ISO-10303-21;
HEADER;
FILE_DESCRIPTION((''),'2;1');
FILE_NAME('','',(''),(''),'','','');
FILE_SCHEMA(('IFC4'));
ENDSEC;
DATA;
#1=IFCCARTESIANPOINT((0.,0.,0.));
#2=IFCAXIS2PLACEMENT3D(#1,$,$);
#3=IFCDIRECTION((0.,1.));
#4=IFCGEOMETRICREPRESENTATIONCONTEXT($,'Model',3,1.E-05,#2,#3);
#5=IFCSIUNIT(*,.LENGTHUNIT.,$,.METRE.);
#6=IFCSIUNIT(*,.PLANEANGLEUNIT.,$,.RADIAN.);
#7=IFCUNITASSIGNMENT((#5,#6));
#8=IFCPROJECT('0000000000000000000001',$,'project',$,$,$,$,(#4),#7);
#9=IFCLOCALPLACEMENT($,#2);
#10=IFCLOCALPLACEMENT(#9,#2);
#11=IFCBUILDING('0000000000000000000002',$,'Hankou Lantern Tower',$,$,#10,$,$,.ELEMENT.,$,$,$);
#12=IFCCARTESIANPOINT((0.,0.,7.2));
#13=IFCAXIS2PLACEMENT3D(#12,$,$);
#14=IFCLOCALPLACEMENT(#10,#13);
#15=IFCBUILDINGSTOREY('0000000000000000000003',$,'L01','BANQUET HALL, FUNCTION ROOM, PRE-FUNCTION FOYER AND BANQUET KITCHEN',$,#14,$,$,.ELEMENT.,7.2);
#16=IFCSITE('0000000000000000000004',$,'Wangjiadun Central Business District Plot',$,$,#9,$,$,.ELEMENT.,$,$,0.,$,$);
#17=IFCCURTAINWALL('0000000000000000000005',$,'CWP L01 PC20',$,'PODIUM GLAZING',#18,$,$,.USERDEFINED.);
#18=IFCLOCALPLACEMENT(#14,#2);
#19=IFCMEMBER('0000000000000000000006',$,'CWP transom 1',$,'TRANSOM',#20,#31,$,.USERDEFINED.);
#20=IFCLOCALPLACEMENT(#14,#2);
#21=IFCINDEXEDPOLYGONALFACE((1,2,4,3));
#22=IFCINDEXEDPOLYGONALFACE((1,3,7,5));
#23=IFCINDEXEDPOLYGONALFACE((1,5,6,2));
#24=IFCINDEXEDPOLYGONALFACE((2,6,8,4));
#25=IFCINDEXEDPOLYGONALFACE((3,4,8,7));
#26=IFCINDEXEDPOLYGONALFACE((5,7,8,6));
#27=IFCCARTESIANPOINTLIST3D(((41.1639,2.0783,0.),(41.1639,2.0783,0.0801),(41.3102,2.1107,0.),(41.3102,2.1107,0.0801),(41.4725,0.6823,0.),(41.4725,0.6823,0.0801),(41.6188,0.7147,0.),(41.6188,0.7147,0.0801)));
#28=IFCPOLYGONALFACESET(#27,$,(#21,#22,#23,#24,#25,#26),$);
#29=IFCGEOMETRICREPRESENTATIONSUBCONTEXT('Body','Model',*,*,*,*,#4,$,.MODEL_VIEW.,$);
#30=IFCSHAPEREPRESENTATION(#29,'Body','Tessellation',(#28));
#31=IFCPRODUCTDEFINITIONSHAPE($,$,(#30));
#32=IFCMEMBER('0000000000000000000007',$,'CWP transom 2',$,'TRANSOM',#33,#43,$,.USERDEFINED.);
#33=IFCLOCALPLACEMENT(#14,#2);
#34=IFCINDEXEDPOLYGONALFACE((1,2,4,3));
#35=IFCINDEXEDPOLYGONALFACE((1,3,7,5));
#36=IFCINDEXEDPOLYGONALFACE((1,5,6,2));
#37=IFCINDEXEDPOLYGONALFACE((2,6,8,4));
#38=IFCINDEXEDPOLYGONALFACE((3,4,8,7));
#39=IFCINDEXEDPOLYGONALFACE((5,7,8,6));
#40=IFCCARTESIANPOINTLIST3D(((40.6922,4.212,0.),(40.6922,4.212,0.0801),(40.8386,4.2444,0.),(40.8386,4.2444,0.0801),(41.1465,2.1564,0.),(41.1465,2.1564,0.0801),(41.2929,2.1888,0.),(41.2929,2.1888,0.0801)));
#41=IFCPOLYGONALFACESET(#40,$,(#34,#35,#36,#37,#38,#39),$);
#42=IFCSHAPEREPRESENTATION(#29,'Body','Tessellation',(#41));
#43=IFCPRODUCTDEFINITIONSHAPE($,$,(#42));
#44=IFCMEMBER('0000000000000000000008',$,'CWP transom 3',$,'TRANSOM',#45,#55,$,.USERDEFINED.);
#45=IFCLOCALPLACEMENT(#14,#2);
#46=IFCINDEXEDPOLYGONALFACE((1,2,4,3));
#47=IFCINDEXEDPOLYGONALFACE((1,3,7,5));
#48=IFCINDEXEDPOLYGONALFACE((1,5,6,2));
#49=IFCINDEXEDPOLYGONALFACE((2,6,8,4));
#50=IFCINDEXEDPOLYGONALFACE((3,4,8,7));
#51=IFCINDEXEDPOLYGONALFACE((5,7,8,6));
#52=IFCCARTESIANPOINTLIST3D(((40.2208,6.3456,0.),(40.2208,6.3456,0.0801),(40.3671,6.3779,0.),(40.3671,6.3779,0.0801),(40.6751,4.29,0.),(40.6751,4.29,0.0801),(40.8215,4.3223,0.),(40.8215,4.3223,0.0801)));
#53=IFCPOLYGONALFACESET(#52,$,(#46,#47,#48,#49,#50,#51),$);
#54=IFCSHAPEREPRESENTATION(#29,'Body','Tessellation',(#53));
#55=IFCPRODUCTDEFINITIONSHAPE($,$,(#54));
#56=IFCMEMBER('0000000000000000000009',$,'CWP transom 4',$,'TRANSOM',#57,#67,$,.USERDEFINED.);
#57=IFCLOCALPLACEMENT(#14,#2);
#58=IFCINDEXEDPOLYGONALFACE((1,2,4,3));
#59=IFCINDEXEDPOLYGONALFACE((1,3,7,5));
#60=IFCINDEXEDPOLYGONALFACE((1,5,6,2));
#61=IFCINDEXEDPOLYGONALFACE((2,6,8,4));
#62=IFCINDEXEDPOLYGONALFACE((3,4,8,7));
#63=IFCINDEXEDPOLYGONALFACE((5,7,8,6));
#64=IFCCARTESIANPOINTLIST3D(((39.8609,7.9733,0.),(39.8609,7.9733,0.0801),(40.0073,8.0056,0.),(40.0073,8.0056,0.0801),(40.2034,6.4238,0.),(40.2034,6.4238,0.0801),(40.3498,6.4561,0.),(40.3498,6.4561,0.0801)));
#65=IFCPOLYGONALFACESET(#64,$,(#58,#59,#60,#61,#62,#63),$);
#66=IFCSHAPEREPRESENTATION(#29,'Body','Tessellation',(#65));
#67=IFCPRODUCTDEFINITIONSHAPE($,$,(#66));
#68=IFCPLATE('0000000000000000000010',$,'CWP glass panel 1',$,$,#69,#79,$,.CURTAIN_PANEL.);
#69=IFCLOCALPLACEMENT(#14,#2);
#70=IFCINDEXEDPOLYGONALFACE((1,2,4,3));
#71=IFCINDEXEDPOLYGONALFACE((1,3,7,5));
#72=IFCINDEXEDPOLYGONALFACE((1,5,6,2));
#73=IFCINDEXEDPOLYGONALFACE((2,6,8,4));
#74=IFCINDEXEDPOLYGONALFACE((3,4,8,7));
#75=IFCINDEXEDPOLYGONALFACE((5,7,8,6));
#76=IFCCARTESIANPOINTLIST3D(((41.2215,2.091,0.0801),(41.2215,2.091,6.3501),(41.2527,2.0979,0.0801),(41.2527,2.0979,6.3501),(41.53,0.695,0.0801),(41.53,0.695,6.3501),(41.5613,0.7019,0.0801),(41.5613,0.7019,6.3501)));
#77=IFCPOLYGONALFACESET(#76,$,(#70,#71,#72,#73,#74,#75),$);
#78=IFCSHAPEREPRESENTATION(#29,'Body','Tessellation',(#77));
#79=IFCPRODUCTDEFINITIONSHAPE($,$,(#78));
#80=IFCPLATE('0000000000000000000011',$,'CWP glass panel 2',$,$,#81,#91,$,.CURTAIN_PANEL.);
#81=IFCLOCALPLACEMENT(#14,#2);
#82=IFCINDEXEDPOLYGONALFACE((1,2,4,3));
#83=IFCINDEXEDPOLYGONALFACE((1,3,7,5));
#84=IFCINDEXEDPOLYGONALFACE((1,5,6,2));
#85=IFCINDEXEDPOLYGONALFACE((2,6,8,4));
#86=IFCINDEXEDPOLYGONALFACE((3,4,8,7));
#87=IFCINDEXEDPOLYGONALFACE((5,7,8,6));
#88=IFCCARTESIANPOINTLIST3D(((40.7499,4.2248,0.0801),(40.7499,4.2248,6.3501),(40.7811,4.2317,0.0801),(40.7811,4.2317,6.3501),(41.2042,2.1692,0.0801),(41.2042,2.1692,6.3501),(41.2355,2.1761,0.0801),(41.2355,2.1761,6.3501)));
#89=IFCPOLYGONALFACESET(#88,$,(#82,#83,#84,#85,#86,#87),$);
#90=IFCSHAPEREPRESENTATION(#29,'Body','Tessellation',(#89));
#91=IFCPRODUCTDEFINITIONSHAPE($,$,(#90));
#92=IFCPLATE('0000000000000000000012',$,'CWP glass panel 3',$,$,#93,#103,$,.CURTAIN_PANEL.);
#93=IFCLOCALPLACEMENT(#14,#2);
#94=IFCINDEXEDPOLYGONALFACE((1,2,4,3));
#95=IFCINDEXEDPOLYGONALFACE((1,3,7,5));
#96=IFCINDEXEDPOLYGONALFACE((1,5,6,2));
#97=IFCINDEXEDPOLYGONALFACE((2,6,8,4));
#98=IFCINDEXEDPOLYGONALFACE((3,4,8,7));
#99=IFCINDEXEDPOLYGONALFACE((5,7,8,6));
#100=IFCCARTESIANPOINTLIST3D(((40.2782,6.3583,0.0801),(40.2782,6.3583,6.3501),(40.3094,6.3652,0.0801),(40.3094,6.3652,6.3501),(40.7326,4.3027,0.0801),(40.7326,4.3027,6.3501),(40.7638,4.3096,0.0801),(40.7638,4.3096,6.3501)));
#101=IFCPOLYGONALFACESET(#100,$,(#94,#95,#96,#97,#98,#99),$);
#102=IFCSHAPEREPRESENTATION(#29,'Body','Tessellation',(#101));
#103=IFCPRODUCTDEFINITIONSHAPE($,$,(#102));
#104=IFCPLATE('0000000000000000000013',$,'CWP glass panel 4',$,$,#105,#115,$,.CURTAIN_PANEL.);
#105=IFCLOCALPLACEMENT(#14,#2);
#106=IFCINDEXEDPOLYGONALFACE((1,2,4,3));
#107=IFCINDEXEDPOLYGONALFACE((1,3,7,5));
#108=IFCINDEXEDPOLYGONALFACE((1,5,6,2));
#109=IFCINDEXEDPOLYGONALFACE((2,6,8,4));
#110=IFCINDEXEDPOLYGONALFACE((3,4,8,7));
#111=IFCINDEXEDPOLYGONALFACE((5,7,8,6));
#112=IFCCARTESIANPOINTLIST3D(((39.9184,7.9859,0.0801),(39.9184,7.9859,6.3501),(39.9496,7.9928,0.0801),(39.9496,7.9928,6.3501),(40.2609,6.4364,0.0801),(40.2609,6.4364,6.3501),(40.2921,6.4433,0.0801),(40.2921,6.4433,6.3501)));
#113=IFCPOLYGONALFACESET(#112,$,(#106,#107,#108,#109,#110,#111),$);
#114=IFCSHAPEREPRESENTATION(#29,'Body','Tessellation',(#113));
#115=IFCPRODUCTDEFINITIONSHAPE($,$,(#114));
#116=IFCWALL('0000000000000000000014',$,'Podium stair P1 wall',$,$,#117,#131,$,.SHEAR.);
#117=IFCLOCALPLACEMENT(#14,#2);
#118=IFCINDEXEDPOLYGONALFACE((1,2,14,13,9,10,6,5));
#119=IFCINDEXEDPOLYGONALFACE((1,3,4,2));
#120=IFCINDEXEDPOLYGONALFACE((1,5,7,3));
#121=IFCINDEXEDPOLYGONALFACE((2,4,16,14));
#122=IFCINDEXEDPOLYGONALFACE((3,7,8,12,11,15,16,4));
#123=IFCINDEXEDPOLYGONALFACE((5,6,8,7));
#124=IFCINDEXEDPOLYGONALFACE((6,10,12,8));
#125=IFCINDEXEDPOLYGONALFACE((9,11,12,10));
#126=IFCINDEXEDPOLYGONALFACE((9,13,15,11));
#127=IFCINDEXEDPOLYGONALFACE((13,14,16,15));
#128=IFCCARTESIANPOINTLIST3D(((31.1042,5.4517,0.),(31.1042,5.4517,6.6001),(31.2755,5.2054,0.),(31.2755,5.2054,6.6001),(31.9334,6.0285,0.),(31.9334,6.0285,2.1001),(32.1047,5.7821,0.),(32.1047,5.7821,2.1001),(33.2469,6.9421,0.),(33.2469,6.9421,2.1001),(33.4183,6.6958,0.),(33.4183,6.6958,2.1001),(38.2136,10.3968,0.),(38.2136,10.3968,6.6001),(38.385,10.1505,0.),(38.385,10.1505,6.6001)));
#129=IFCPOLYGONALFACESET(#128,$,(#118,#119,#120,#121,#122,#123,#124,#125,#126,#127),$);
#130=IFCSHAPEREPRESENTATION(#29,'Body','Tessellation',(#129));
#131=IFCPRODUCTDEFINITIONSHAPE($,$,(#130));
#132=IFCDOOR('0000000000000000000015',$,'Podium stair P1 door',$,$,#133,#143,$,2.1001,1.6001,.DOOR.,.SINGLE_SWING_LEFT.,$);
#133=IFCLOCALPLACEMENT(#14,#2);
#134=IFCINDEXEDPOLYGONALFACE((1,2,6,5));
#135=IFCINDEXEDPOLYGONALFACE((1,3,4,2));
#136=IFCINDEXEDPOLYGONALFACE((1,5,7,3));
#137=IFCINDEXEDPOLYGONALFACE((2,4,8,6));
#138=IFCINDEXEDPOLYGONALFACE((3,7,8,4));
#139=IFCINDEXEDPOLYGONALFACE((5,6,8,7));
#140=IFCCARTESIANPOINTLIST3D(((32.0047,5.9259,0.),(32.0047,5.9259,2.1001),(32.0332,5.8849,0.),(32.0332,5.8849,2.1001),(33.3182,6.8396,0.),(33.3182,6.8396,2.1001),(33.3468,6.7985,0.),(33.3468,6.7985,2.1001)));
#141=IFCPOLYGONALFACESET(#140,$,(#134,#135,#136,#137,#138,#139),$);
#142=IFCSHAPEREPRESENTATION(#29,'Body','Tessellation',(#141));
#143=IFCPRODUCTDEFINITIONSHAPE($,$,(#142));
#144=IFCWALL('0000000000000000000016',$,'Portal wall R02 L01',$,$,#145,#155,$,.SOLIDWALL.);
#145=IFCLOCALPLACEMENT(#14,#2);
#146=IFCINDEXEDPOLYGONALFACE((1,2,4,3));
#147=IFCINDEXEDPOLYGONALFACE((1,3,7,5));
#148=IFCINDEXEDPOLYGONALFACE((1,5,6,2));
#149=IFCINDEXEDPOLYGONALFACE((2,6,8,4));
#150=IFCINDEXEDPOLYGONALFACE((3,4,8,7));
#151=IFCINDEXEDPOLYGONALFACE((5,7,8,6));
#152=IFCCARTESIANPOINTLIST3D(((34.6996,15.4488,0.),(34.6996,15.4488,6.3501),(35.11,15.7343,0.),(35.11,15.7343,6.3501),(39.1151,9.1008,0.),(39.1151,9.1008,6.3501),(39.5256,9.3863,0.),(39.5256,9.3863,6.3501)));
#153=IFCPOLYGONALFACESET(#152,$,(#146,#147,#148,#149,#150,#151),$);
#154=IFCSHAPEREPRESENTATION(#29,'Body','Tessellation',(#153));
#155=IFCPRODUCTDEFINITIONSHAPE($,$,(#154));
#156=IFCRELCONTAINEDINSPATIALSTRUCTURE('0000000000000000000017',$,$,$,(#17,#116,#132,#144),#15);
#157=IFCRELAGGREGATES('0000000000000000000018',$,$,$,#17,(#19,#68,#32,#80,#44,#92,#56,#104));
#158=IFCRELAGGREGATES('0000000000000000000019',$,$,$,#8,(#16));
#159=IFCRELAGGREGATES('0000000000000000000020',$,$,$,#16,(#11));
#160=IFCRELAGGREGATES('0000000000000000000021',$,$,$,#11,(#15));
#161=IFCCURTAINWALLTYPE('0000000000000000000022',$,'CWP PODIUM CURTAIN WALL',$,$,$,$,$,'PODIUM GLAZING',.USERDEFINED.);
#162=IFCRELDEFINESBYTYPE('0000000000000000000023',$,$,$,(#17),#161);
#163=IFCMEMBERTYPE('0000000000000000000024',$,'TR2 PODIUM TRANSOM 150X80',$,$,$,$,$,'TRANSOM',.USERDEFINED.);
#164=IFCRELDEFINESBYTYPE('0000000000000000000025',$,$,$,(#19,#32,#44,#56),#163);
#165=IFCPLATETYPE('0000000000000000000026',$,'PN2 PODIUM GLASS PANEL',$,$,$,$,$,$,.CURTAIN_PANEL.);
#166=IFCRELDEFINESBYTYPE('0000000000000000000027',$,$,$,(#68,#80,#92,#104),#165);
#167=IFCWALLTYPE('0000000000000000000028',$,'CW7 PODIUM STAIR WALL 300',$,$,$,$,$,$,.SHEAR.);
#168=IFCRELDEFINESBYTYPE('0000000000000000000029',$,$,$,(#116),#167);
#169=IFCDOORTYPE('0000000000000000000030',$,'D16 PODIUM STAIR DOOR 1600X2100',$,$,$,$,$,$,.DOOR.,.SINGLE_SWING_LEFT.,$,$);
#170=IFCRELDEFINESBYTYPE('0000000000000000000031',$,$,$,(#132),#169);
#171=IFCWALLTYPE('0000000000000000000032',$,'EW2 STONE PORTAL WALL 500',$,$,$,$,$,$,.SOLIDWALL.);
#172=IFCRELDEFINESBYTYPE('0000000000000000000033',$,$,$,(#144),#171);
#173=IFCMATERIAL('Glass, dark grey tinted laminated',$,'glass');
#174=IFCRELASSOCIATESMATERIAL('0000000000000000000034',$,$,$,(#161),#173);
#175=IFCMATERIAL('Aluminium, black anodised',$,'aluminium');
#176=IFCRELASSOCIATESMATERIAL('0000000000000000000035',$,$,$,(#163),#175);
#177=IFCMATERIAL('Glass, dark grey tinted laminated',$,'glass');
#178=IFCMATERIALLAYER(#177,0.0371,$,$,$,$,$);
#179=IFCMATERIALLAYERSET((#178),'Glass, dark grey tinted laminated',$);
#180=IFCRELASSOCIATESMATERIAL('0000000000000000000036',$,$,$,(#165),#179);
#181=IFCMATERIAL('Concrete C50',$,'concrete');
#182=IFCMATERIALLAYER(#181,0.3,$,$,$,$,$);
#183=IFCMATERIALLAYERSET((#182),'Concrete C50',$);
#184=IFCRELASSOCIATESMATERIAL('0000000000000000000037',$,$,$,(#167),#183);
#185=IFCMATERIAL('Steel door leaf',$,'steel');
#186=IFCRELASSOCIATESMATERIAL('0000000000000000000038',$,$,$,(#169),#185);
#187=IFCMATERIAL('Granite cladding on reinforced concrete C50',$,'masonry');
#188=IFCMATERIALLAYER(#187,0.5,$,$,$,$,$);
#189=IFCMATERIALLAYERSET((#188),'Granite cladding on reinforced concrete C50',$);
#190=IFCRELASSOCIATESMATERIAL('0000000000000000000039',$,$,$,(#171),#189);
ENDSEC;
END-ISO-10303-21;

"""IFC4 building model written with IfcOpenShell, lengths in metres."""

from ifc_helpers import new_model, si_unit, direction, frame, frame_2d, origin, origin_2d, place, context, subcontext, project, spatial, rectangle, extrude, material, layer, layer_set, material_profile, profile_set, type_object, element, fill, aggregate, save


model = new_model("IFC4")

# Units and contexts
model_context = context("Model", 3, precision=1e-05, world=origin(), true_north=direction((0.0, 1.0)))
body_context = subcontext(model_context, "Body", "Model", "MODEL_VIEW")
ifc_project = project(units=[si_unit("LENGTHUNIT", "METRE"), si_unit("PLANEANGLEUNIT", "RADIAN")], contexts=[model_context])

# Site, building, storey
site_placement = place(None, origin())
site = spatial("IfcSite", under=ifc_project, at=site_placement, Name="Wangjiadun Central Business District Plot", CompositionType="ELEMENT", RefElevation=0.0)
building_placement = place(site_placement, origin())
building = spatial("IfcBuilding", under=site, at=building_placement, Name="Hankou Lantern Tower", CompositionType="ELEMENT")
storey_placement = place(building_placement, frame((0.0, 0.0, 7.2)))
storey = spatial("IfcBuildingStorey", under=building, at=storey_placement, Name="L01", Description="BANQUET HALL, FUNCTION ROOM, PRE-FUNCTION FOYER AND BANQUET KITCHEN", CompositionType="ELEMENT", Elevation=7.2)

# Curtain wall
ifc_material_1 = material(Name="Glass, dark grey tinted laminated", Category="glass")
curtain_wall_type = type_object("IfcCurtainWallType", Name="CWP PODIUM CURTAIN WALL", ElementType="PODIUM GLAZING", PredefinedType="USERDEFINED", material=ifc_material_1)
curtain_wall_placement = place(storey_placement, origin())
curtain_wall = element("IfcCurtainWall", 1, at=curtain_wall_placement, inside=storey, type_object=curtain_wall_type, Name="CWP L01 PC20", ObjectType="PODIUM GLAZING", PredefinedType="USERDEFINED")

# Members
ifc_material_2 = material(Name="Aluminium, black anodised", Category="aluminium")
ifc_material_profile_1 = material_profile(ifc_material_2, rectangle(XDim=0.1499, YDim=0.0801, at=origin_2d()), Name="TR2 150X80")
ifc_profile_set_1 = profile_set([ifc_material_profile_1], Name="Aluminium, black anodised")
member_type_1 = type_object("IfcMemberType", Name="TR2 PODIUM TRANSOM 150X80", ElementType="TRANSOM", PredefinedType="USERDEFINED", material=ifc_profile_set_1)
member_1_placement = place(storey_placement, frame((41.5457, 0.6985, 0.04), z_axis=(-0.215845, 0.976428, 0.0), x_axis=(-0.976428, -0.215845, 0.0)))
member_1 = element("IfcMember", 2, at=member_1_placement, type_object=member_type_1, Name="CWP transom 1", ObjectType="TRANSOM", PredefinedType="USERDEFINED", context=body_context, shape_type="SweptSolid", body=[
    extrude(rectangle(XDim=0.1499, YDim=0.0801, at=origin_2d()), origin(), (0.0, 0.0, 1.0), 1.4297),
])
member_2_placement = place(storey_placement, frame((41.2197, 2.1726, 0.04), z_axis=(-0.215813, 0.976435, 0.0), x_axis=(-0.976435, -0.215813, 0.0)))
member_2 = element("IfcMember", 3, at=member_2_placement, type_object=member_type_1, Name="CWP transom 2", ObjectType="TRANSOM", PredefinedType="USERDEFINED", context=body_context, shape_type="SweptSolid", body=[
    extrude(rectangle(XDim=0.1499, YDim=0.0801, at=origin_2d()), origin(), (0.0, 0.0, 1.0), 2.1052),
])
member_3_placement = place(storey_placement, frame((40.7483, 4.3062, 0.04), z_axis=(-0.215813, 0.976435, 0.0), x_axis=(-0.976435, -0.215813, 0.0)))
member_3 = element("IfcMember", 4, at=member_3_placement, type_object=member_type_1, Name="CWP transom 3", ObjectType="TRANSOM", PredefinedType="USERDEFINED", context=body_context, shape_type="SweptSolid", body=[
    extrude(rectangle(XDim=0.1499, YDim=0.0801, at=origin_2d()), origin(), (0.0, 0.0, 1.0), 2.1052),
])
member_4_placement = place(storey_placement, frame((40.2766, 6.4399, 0.04), z_axis=(-0.215839, 0.976429, 0.0), x_axis=(-0.976429, -0.215839, 0.0)))
member_4 = element("IfcMember", 5, at=member_4_placement, type_object=member_type_1, Name="CWP transom 4", ObjectType="TRANSOM", PredefinedType="USERDEFINED", context=body_context, shape_type="SweptSolid", body=[
    extrude(rectangle(XDim=0.1499, YDim=0.0801, at=origin_2d()), origin(), (0.0, 0.0, 1.0), 1.5869),
])

# Plates
ifc_material_3 = material(Name="Glass, dark grey tinted laminated", Category="glass")
ifc_layer_1 = layer(ifc_material_3, 0.0371)
ifc_layer_set_1 = layer_set([ifc_layer_1], Name="Glass, dark grey tinted laminated")
plate_type = type_object("IfcPlateType", Name="PN2 PODIUM GLASS PANEL", PredefinedType="CURTAIN_PANEL", material=ifc_layer_set_1)
plate_1_placement = place(storey_placement, frame((41.3914, 1.3965, 0.0801), z_axis=(0.0, 0.0, 1.0), x_axis=(-0.215821, 0.976433, 0.0)))
plate_1 = element("IfcPlate", 6, at=plate_1_placement, type_object=plate_type, Name="CWP glass panel 1", PredefinedType="CURTAIN_PANEL", context=body_context, shape_type="SweptSolid", body=[
    extrude(rectangle(XDim=1.4297, YDim=0.032, at=origin_2d()), origin(), (0.0, 0.0, 1.0), 6.27),
])
plate_2_placement = place(storey_placement, frame((40.9927, 3.2004, 0.0801), z_axis=(0.0, 0.0, 1.0), x_axis=(-0.215821, 0.976433, 0.0)))
plate_2 = element("IfcPlate", 7, at=plate_2_placement, type_object=plate_type, Name="CWP glass panel 2", PredefinedType="CURTAIN_PANEL", context=body_context, shape_type="SweptSolid", body=[
    extrude(rectangle(XDim=2.1052, YDim=0.032, at=origin_2d()), origin(), (0.0, 0.0, 1.0), 6.27),
])
plate_3_placement = place(storey_placement, frame((40.521, 5.334, 0.0801), z_axis=(0.0, 0.0, 1.0), x_axis=(-0.215821, 0.976433, 0.0)))
plate_3 = element("IfcPlate", 8, at=plate_3_placement, type_object=plate_type, Name="CWP glass panel 3", PredefinedType="CURTAIN_PANEL", context=body_context, shape_type="SweptSolid", body=[
    extrude(rectangle(XDim=2.1052, YDim=0.032, at=origin_2d()), origin(), (0.0, 0.0, 1.0), 6.27),
])
plate_4_placement = place(storey_placement, frame((40.1052, 7.2146, 0.0801), z_axis=(0.0, 0.0, 1.0), x_axis=(-0.215821, 0.976433, 0.0)))
plate_4 = element("IfcPlate", 9, at=plate_4_placement, type_object=plate_type, Name="CWP glass panel 4", PredefinedType="CURTAIN_PANEL", context=body_context, shape_type="SweptSolid", body=[
    extrude(rectangle(XDim=1.5869, YDim=0.032, at=origin_2d()), origin(), (0.0, 0.0, 1.0), 6.27),
])
aggregate(curtain_wall, [member_1, plate_1, member_2, plate_2, member_3, plate_3, member_4, plate_4])

# Wall, opening, door
ifc_material_4 = material(Name="Concrete C50", Category="concrete")
ifc_layer_2 = layer(ifc_material_4, 0.3)
ifc_layer_set_2 = layer_set([ifc_layer_2], Name="Concrete C50")
wall_type_1 = type_object("IfcWallType", Name="CW7 PODIUM STAIR WALL 300", PredefinedType="SHEAR", material=ifc_layer_set_2)
wall_1_placement = place(storey_placement, frame((38.2993, 10.2737, 0.0), z_axis=(0.0, 0.0, 1.0), x_axis=(-0.820937, -0.571019, 0.0)))
wall_1 = element("IfcWall", 10, at=wall_1_placement, inside=storey, type_object=wall_type_1, Name="Podium stair P1 wall", PredefinedType="SHEAR", context=body_context, shape_type="SweptSolid", body=[
    extrude(rectangle(XDim=8.6602, YDim=0.3, at=frame_2d((4.3301, 0.0))), origin(), (0.0, 0.0, 1.0), 6.6001),
])
opening_placement = place(wall_1_placement, frame((6.05, 0.0, 0.0)))
opening = element("IfcOpeningElement", 11, at=opening_placement, cuts=wall_1, PredefinedType="OPENING", context=body_context, shape_type="SweptSolid", body=[
    extrude(rectangle(XDim=1.6001, YDim=2.1001, at=frame_2d((0.8, 1.05))), frame((0.0, 0.1599, 0.0), z_axis=(0.0, -1.0, 0.0), x_axis=(1.0, 0.0, 0.0)), (0.0, 0.0, 1.0), 0.3201),
])
ifc_material_5 = material(Name="Steel door leaf", Category="steel")
door_type = type_object("IfcDoorType", Name="D16 PODIUM STAIR DOOR 1600X2100", OperationType="SINGLE_SWING_LEFT", PredefinedType="DOOR", material=ifc_material_5)
door_placement = place(opening_placement, origin())
door = element("IfcDoor", 12, at=door_placement, inside=storey, type_object=door_type, Name="Podium stair P1 door", OperationType="SINGLE_SWING_LEFT", OverallHeight=2.1001, OverallWidth=1.6001, PredefinedType="DOOR", context=body_context, shape_type="SweptSolid", body=[
    extrude(rectangle(XDim=1.6001, YDim=2.1001, at=frame_2d((0.8, 1.05))), frame((0.0, 0.0249, 0.0), z_axis=(0.0, -1.0, 0.0), x_axis=(1.0, 0.0, 0.0)), (0.0, 0.0, 1.0), 0.05),
])
fill(opening, door)

# Wall
ifc_material_6 = material(Name="Granite cladding on reinforced concrete C50", Category="masonry")
ifc_layer_3 = layer(ifc_material_6, 0.5)
ifc_layer_set_3 = layer_set([ifc_layer_3], Name="Granite cladding on reinforced concrete C50")
wall_type_2 = type_object("IfcWallType", Name="EW2 STONE PORTAL WALL 500", PredefinedType="SOLIDWALL", material=ifc_layer_set_3)
wall_2_placement = place(storey_placement, frame((39.3203, 9.2437, 0.0), z_axis=(0.0, 0.0, 1.0), x_axis=(-0.571029, 0.82093, 0.0)))
element("IfcWall", 13, at=wall_2_placement, inside=storey, type_object=wall_type_2, Name="Portal wall R02 L01", PredefinedType="SOLIDWALL", context=body_context, shape_type="SweptSolid", body=[
    extrude(rectangle(XDim=7.7327, YDim=0.5, at=frame_2d((3.8662, 0.0))), origin(), (0.0, 0.0, 1.0), 6.3501),
])

save(model, "model.ifc")
